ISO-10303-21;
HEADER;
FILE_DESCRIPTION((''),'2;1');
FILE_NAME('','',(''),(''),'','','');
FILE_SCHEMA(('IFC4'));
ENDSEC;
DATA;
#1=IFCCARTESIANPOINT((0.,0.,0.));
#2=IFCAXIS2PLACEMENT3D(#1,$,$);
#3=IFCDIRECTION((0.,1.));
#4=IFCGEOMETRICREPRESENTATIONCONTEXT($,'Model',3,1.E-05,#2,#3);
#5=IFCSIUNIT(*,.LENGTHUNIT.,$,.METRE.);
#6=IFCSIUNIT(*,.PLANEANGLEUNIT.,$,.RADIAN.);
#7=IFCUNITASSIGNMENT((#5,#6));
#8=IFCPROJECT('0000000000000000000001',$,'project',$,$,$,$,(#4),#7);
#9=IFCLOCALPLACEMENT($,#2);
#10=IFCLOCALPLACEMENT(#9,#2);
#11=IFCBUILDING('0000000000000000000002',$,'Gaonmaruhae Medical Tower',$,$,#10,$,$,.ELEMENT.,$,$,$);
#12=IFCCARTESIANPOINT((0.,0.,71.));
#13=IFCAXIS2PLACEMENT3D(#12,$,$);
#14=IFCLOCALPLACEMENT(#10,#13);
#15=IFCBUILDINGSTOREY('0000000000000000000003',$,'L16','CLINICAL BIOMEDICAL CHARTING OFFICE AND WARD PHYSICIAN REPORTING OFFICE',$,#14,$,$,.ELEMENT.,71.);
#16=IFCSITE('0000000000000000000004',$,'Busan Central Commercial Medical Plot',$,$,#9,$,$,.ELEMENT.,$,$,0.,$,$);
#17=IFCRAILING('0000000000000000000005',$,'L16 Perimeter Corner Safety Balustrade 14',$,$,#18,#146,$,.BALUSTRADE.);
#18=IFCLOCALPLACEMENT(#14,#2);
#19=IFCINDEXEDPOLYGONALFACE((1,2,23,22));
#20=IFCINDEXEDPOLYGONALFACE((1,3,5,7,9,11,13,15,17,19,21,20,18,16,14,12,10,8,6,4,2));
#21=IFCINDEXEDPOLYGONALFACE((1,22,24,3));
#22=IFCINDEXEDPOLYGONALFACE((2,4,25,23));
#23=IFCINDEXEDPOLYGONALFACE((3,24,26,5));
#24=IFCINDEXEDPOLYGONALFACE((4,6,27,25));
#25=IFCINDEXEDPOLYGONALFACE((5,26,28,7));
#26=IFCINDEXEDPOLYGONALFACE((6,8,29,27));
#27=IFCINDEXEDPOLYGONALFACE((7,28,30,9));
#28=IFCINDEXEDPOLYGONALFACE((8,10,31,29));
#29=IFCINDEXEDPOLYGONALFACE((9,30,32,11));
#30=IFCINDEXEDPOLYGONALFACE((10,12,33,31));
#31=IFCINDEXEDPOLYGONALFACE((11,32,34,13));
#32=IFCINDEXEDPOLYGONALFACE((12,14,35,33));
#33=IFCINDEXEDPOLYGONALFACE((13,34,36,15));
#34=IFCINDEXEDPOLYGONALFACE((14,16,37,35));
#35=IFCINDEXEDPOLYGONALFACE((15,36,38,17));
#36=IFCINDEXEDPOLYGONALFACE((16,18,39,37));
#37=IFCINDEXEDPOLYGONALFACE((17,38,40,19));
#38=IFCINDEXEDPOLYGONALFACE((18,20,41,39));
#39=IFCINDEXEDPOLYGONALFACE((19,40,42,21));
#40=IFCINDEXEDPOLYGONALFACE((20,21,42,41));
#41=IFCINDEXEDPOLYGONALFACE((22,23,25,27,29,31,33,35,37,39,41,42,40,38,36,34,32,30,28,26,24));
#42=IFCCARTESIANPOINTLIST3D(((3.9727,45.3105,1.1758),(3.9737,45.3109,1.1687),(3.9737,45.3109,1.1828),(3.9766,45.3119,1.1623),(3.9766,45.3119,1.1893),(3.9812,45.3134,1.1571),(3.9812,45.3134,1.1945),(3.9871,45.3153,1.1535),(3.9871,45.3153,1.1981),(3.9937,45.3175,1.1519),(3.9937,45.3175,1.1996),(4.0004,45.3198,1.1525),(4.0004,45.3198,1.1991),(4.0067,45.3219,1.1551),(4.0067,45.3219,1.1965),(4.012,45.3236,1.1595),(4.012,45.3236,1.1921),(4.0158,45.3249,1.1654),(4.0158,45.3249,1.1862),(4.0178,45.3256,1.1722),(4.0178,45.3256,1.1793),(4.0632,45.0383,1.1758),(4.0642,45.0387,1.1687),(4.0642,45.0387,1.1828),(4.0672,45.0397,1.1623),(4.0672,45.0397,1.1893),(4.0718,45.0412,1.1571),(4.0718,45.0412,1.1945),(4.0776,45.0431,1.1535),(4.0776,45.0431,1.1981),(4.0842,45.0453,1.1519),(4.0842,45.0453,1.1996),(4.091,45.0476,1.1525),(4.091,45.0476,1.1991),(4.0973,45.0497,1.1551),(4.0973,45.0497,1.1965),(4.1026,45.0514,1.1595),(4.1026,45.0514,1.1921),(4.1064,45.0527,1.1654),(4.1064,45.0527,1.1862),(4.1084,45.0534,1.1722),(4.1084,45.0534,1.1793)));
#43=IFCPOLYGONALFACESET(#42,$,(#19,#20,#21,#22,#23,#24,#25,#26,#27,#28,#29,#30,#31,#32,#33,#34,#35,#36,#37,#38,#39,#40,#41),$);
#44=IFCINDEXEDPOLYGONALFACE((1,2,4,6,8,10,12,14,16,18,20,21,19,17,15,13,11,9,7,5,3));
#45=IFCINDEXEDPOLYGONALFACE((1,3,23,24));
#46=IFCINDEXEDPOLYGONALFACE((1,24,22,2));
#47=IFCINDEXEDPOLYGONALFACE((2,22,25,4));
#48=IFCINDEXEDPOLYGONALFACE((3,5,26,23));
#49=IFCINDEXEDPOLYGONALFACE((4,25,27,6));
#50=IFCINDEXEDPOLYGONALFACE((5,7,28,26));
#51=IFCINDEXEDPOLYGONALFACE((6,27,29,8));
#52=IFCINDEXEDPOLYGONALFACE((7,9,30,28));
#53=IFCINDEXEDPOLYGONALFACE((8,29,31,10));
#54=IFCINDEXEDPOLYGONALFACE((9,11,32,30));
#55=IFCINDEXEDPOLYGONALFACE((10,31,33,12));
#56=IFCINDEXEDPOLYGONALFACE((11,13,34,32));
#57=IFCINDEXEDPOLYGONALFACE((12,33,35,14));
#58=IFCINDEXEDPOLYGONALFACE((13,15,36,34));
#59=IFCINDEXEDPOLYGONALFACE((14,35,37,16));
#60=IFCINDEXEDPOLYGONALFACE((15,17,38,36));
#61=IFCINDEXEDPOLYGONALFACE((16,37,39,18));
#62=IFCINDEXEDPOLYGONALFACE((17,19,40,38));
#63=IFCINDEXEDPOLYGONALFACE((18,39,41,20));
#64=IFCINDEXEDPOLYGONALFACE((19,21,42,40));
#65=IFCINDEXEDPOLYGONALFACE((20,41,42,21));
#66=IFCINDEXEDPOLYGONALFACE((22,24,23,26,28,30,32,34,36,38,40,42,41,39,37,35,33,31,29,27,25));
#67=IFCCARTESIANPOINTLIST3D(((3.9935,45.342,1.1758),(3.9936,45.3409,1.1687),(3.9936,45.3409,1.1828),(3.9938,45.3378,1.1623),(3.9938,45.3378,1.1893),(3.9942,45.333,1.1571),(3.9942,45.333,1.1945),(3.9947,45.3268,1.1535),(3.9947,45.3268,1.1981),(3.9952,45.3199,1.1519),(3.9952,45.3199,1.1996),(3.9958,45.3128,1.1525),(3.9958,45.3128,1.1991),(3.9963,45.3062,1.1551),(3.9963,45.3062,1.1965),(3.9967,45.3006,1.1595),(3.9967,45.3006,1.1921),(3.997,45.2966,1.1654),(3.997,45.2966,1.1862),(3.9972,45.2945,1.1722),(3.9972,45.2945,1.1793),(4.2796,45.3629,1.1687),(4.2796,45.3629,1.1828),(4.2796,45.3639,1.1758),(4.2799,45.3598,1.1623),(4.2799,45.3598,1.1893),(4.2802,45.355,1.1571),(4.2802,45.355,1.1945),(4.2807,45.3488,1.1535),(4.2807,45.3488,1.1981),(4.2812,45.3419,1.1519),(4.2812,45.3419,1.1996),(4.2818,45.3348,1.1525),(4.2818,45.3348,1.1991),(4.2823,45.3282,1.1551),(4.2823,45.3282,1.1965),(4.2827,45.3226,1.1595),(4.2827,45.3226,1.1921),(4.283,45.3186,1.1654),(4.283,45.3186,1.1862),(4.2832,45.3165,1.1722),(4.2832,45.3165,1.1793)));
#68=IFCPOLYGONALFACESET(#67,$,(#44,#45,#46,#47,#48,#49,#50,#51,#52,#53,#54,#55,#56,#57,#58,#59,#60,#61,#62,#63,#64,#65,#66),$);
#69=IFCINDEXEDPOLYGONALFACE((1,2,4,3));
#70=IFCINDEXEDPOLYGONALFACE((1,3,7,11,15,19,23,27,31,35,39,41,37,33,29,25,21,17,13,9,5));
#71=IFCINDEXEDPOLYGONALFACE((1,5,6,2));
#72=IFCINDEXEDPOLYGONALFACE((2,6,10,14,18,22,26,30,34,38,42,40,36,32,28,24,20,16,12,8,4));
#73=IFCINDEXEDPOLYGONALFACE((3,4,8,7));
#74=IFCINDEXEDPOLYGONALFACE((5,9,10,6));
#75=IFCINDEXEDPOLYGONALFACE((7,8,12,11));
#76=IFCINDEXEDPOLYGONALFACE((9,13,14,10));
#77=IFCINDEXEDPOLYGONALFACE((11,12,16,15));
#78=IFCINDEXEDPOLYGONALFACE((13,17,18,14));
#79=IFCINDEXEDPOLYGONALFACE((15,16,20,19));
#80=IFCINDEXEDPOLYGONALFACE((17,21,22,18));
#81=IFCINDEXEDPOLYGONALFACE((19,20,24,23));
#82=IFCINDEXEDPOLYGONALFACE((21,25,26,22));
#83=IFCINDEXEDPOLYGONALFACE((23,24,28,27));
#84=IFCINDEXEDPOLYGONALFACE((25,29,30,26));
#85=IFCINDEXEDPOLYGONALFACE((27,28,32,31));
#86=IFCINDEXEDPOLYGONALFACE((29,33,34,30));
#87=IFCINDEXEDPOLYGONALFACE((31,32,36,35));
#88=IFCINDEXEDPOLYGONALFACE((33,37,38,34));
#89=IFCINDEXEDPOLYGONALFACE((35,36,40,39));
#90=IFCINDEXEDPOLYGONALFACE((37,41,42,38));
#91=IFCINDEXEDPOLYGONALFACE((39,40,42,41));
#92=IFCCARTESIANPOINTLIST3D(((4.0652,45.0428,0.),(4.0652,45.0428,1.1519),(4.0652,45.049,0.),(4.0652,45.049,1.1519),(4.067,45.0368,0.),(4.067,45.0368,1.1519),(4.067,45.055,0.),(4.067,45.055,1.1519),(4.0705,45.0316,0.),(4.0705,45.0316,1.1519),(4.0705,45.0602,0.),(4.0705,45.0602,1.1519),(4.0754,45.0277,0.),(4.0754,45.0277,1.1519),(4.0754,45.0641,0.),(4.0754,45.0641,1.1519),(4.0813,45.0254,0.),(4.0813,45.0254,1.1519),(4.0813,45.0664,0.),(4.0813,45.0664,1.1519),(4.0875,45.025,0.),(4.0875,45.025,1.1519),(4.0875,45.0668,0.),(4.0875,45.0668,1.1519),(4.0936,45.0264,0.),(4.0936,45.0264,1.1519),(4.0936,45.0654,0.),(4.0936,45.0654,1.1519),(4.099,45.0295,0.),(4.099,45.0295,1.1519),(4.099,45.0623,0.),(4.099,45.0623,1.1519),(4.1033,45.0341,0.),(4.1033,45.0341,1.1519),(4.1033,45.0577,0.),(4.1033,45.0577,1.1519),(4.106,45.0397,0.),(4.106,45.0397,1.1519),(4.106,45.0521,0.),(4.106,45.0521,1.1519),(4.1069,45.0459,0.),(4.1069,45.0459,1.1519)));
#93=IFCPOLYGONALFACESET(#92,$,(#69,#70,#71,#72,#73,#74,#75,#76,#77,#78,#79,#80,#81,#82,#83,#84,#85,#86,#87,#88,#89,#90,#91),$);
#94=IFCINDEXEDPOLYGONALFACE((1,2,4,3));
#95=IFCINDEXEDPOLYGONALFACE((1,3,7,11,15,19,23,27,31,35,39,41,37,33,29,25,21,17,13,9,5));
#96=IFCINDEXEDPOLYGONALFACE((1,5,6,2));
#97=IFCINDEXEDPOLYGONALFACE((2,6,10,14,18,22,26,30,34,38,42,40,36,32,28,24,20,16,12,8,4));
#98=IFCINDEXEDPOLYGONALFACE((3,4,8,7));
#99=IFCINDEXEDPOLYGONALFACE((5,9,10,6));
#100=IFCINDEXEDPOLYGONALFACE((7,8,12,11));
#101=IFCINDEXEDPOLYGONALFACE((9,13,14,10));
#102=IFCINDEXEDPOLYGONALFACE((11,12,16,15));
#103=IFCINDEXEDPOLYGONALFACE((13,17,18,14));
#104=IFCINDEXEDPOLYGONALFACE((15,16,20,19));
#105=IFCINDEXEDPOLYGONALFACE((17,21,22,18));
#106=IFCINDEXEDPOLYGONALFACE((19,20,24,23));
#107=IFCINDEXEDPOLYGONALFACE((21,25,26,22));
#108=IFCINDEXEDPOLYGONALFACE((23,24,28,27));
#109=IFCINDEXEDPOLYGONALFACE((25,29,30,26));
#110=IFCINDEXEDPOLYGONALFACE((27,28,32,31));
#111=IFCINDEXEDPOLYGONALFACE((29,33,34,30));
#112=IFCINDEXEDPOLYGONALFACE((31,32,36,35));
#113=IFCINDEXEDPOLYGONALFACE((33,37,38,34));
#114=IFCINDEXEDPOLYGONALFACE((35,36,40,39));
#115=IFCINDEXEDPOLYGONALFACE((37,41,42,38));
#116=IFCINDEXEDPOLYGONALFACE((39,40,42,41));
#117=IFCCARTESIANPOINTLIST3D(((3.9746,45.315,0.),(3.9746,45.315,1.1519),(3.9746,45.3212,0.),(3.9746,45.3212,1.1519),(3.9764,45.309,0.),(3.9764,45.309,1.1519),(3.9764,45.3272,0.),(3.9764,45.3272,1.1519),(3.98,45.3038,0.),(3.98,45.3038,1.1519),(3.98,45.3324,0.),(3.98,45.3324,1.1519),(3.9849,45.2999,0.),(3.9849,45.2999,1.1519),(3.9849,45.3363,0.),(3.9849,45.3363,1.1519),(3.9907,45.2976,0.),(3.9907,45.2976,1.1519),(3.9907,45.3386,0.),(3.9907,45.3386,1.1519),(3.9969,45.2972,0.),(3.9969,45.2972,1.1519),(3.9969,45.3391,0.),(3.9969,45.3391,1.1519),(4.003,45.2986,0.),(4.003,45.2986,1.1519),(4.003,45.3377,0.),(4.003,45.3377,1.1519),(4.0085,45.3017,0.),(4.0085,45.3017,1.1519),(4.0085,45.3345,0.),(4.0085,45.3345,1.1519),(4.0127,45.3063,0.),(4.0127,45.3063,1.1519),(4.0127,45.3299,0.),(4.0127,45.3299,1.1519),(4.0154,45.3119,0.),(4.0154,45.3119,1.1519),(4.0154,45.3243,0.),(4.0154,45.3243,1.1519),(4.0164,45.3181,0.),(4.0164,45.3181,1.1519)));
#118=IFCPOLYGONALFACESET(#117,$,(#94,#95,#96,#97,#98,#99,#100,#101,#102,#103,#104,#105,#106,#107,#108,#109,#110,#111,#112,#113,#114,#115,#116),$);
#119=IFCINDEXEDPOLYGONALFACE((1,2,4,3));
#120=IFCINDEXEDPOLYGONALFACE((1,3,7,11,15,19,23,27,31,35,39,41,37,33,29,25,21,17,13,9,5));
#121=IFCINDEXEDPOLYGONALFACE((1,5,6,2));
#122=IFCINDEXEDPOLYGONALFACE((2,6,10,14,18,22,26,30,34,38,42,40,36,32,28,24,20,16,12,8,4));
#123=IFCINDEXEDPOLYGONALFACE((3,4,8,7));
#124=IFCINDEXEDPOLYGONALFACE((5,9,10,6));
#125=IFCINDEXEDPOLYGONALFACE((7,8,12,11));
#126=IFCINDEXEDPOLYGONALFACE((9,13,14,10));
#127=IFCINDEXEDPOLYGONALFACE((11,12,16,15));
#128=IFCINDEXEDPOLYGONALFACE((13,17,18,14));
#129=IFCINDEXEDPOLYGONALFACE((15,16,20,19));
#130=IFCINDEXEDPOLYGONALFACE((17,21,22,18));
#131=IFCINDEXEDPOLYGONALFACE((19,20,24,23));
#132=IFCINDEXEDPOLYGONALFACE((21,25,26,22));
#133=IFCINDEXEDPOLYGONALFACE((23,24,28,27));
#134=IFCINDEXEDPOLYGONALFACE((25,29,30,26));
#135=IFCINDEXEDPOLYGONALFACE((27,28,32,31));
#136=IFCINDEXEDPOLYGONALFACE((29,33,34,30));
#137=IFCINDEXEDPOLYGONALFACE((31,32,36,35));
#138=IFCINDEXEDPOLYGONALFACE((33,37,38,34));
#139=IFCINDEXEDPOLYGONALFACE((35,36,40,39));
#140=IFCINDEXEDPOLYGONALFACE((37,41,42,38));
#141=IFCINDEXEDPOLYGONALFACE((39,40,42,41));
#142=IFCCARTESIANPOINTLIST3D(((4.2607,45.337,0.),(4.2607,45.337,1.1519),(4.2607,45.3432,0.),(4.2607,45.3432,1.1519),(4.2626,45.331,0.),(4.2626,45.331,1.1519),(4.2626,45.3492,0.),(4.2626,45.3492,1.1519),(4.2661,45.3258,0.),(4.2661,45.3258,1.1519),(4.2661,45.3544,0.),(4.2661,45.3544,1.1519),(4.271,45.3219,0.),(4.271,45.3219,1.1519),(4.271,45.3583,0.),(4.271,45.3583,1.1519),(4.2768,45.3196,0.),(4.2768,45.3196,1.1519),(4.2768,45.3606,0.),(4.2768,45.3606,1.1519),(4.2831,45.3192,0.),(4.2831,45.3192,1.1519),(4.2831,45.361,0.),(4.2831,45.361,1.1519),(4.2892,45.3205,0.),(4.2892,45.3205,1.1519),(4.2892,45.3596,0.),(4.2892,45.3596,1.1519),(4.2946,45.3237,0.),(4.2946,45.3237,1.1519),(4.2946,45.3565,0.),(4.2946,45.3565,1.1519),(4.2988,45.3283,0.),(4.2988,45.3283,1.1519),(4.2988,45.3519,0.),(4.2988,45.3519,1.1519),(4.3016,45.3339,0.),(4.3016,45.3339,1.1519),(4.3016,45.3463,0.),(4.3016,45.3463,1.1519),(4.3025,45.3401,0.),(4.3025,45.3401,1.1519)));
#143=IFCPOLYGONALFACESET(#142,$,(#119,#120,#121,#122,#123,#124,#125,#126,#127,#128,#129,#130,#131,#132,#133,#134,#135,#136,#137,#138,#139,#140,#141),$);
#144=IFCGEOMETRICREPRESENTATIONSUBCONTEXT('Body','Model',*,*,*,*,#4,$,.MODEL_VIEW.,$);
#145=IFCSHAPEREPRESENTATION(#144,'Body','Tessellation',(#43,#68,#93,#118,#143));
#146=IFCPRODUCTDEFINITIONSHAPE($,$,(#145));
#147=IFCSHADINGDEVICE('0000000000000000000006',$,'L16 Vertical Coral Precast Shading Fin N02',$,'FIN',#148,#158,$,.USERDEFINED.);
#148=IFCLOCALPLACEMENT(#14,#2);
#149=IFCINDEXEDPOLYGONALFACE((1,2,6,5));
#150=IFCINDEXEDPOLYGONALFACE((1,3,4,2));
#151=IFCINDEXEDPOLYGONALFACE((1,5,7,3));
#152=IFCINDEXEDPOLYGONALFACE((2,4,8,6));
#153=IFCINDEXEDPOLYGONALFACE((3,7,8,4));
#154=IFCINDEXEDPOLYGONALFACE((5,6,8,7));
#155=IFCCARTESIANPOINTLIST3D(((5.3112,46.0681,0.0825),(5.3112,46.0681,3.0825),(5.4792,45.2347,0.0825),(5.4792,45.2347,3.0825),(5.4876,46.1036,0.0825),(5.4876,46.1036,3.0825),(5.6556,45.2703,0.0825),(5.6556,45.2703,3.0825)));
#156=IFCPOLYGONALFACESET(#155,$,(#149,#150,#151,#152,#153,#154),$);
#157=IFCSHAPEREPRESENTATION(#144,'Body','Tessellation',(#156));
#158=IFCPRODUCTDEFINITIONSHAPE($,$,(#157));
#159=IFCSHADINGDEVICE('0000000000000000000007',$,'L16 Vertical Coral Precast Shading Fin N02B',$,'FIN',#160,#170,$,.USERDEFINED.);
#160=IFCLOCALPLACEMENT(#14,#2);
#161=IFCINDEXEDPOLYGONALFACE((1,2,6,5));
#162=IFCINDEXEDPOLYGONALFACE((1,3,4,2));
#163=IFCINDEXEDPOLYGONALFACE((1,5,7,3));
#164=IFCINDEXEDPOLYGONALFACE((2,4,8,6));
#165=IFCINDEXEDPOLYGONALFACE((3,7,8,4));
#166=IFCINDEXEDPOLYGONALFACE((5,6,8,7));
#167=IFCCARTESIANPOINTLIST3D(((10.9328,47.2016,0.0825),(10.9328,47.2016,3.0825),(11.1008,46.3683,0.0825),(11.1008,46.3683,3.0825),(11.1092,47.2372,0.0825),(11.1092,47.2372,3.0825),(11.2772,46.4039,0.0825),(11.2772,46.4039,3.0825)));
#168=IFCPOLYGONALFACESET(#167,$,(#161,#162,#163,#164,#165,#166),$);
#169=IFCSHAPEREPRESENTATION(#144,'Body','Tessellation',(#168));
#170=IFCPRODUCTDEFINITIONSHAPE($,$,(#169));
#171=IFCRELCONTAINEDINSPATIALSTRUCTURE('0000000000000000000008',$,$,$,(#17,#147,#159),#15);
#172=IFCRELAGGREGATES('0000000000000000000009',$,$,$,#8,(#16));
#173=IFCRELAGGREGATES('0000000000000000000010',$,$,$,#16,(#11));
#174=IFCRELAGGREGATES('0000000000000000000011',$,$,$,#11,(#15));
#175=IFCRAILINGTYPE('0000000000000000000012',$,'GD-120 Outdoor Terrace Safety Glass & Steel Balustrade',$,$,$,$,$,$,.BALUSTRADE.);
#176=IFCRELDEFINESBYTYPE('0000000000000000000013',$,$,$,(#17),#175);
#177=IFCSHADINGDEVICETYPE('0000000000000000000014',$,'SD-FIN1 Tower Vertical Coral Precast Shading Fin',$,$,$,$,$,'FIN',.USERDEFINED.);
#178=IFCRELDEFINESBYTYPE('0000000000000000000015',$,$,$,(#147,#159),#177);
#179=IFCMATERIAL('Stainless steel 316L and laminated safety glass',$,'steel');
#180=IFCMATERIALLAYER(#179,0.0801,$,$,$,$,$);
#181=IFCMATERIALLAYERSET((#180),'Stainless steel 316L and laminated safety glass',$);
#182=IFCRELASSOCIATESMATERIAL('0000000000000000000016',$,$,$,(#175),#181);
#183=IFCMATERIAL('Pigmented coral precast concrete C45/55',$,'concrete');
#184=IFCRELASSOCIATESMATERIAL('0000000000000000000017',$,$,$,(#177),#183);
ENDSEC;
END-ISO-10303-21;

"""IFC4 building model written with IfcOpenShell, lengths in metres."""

from ifc_helpers import new_model, si_unit, direction, frame, origin, origin_2d, place, context, subcontext, project, spatial, rectangle, circle, extrude, material, layer, layer_set, type_object, element, save


model = new_model("IFC4")

# Units and contexts
model_context = context("Model", 3, precision=1e-05, world=origin(), true_north=direction((0.0, 1.0)))
body_context = subcontext(model_context, "Body", "Model", "MODEL_VIEW")
ifc_project = project(units=[si_unit("LENGTHUNIT", "METRE"), si_unit("PLANEANGLEUNIT", "RADIAN")], contexts=[model_context])

# Site, building, storey
site_placement = place(None, origin())
site = spatial("IfcSite", under=ifc_project, at=site_placement, Name="Busan Central Commercial Medical Plot", CompositionType="ELEMENT", RefElevation=0.0)
building_placement = place(site_placement, origin())
building = spatial("IfcBuilding", under=site, at=building_placement, Name="Gaonmaruhae Medical Tower", CompositionType="ELEMENT")
storey_placement = place(building_placement, frame((0.0, 0.0, 71.0)))
storey = spatial("IfcBuildingStorey", under=building, at=storey_placement, Name="L16", Description="CLINICAL BIOMEDICAL CHARTING OFFICE AND WARD PHYSICIAN REPORTING OFFICE", CompositionType="ELEMENT", Elevation=71.0)

# Railing
ifc_material_1 = material(Name="Stainless steel 316L and laminated safety glass", Category="steel")
ifc_layer_1 = layer(ifc_material_1, 0.0801)
ifc_layer_set_1 = layer_set([ifc_layer_1], Name="Stainless steel 316L and laminated safety glass")
railing_type = type_object("IfcRailingType", Name="GD-120 Outdoor Terrace Safety Glass & Steel Balustrade", PredefinedType="BALUSTRADE", material=ifc_layer_set_1)
railing_1_placement = place(storey_placement, frame((4.0859, 45.0459, 0.0)))
element("IfcRailing", 1, at=railing_1_placement, inside=storey, type_object=railing_type, Name="L16 Perimeter Corner Safety Balustrade 14", PredefinedType="BALUSTRADE", context=body_context, shape_type="SweptSolid", body=[
    extrude(circle(Radius=0.0239, at=origin_2d()), frame((0.0, 0.0, 1.1758), z_axis=(-0.315717, 0.948853, 0.0), x_axis=(-0.948853, -0.315717, 0.0)), (0.0, 0.0, 1.0), 0.2869),
    extrude(circle(Radius=0.0239, at=origin_2d()), frame((-0.0906, 0.2722, 1.1758), z_axis=(0.997064, 0.076566, 0.0), x_axis=(-0.076566, 0.997064, 0.0)), (0.0, 0.0, 1.0), 0.2869),
    extrude(circle(Radius=0.021, at=origin_2d()), origin(), (0.0, 0.0, 1.0), 1.1519),
    extrude(circle(Radius=0.021, at=origin_2d()), frame((-0.0906, 0.2722, 0.0)), (0.0, 0.0, 1.0), 1.1519),
    extrude(circle(Radius=0.021, at=origin_2d()), frame((0.1956, 0.2942, 0.0)), (0.0, 0.0, 1.0), 1.1519),
])

# Shading devices
ifc_material_2 = material(Name="Pigmented coral precast concrete C45/55", Category="concrete")
shading_device_type = type_object("IfcShadingDeviceType", Name="SD-FIN1 Tower Vertical Coral Precast Shading Fin", ElementType="FIN", PredefinedType="USERDEFINED", material=ifc_material_2)
for number, where, z_axis, x_axis, name in (
    (2, (5.4834, 45.6692, 0.0825), (0.0, 0.0, 1.0), (0.980271, 0.197657, 0.0), "L16 Vertical Coral Precast Shading Fin N02"),
    (3, (11.105, 46.8027, 0.0825), (0.0, 0.0, 1.0), (0.980271, 0.197657, 0.0), "L16 Vertical Coral Precast Shading Fin N02B"),
):
    element("IfcShadingDevice", number, at=place(storey_placement, frame(where, z_axis=z_axis, x_axis=x_axis)), inside=storey, type_object=shading_device_type, Name=name, ObjectType="FIN", PredefinedType="USERDEFINED", context=body_context, shape_type="SweptSolid", body=[
        extrude(rectangle(XDim=0.1799, YDim=0.8501, at=origin_2d()), origin(), (0.0, 0.0, 1.0), 3.0),
    ])

save(model, "model.ifc")
